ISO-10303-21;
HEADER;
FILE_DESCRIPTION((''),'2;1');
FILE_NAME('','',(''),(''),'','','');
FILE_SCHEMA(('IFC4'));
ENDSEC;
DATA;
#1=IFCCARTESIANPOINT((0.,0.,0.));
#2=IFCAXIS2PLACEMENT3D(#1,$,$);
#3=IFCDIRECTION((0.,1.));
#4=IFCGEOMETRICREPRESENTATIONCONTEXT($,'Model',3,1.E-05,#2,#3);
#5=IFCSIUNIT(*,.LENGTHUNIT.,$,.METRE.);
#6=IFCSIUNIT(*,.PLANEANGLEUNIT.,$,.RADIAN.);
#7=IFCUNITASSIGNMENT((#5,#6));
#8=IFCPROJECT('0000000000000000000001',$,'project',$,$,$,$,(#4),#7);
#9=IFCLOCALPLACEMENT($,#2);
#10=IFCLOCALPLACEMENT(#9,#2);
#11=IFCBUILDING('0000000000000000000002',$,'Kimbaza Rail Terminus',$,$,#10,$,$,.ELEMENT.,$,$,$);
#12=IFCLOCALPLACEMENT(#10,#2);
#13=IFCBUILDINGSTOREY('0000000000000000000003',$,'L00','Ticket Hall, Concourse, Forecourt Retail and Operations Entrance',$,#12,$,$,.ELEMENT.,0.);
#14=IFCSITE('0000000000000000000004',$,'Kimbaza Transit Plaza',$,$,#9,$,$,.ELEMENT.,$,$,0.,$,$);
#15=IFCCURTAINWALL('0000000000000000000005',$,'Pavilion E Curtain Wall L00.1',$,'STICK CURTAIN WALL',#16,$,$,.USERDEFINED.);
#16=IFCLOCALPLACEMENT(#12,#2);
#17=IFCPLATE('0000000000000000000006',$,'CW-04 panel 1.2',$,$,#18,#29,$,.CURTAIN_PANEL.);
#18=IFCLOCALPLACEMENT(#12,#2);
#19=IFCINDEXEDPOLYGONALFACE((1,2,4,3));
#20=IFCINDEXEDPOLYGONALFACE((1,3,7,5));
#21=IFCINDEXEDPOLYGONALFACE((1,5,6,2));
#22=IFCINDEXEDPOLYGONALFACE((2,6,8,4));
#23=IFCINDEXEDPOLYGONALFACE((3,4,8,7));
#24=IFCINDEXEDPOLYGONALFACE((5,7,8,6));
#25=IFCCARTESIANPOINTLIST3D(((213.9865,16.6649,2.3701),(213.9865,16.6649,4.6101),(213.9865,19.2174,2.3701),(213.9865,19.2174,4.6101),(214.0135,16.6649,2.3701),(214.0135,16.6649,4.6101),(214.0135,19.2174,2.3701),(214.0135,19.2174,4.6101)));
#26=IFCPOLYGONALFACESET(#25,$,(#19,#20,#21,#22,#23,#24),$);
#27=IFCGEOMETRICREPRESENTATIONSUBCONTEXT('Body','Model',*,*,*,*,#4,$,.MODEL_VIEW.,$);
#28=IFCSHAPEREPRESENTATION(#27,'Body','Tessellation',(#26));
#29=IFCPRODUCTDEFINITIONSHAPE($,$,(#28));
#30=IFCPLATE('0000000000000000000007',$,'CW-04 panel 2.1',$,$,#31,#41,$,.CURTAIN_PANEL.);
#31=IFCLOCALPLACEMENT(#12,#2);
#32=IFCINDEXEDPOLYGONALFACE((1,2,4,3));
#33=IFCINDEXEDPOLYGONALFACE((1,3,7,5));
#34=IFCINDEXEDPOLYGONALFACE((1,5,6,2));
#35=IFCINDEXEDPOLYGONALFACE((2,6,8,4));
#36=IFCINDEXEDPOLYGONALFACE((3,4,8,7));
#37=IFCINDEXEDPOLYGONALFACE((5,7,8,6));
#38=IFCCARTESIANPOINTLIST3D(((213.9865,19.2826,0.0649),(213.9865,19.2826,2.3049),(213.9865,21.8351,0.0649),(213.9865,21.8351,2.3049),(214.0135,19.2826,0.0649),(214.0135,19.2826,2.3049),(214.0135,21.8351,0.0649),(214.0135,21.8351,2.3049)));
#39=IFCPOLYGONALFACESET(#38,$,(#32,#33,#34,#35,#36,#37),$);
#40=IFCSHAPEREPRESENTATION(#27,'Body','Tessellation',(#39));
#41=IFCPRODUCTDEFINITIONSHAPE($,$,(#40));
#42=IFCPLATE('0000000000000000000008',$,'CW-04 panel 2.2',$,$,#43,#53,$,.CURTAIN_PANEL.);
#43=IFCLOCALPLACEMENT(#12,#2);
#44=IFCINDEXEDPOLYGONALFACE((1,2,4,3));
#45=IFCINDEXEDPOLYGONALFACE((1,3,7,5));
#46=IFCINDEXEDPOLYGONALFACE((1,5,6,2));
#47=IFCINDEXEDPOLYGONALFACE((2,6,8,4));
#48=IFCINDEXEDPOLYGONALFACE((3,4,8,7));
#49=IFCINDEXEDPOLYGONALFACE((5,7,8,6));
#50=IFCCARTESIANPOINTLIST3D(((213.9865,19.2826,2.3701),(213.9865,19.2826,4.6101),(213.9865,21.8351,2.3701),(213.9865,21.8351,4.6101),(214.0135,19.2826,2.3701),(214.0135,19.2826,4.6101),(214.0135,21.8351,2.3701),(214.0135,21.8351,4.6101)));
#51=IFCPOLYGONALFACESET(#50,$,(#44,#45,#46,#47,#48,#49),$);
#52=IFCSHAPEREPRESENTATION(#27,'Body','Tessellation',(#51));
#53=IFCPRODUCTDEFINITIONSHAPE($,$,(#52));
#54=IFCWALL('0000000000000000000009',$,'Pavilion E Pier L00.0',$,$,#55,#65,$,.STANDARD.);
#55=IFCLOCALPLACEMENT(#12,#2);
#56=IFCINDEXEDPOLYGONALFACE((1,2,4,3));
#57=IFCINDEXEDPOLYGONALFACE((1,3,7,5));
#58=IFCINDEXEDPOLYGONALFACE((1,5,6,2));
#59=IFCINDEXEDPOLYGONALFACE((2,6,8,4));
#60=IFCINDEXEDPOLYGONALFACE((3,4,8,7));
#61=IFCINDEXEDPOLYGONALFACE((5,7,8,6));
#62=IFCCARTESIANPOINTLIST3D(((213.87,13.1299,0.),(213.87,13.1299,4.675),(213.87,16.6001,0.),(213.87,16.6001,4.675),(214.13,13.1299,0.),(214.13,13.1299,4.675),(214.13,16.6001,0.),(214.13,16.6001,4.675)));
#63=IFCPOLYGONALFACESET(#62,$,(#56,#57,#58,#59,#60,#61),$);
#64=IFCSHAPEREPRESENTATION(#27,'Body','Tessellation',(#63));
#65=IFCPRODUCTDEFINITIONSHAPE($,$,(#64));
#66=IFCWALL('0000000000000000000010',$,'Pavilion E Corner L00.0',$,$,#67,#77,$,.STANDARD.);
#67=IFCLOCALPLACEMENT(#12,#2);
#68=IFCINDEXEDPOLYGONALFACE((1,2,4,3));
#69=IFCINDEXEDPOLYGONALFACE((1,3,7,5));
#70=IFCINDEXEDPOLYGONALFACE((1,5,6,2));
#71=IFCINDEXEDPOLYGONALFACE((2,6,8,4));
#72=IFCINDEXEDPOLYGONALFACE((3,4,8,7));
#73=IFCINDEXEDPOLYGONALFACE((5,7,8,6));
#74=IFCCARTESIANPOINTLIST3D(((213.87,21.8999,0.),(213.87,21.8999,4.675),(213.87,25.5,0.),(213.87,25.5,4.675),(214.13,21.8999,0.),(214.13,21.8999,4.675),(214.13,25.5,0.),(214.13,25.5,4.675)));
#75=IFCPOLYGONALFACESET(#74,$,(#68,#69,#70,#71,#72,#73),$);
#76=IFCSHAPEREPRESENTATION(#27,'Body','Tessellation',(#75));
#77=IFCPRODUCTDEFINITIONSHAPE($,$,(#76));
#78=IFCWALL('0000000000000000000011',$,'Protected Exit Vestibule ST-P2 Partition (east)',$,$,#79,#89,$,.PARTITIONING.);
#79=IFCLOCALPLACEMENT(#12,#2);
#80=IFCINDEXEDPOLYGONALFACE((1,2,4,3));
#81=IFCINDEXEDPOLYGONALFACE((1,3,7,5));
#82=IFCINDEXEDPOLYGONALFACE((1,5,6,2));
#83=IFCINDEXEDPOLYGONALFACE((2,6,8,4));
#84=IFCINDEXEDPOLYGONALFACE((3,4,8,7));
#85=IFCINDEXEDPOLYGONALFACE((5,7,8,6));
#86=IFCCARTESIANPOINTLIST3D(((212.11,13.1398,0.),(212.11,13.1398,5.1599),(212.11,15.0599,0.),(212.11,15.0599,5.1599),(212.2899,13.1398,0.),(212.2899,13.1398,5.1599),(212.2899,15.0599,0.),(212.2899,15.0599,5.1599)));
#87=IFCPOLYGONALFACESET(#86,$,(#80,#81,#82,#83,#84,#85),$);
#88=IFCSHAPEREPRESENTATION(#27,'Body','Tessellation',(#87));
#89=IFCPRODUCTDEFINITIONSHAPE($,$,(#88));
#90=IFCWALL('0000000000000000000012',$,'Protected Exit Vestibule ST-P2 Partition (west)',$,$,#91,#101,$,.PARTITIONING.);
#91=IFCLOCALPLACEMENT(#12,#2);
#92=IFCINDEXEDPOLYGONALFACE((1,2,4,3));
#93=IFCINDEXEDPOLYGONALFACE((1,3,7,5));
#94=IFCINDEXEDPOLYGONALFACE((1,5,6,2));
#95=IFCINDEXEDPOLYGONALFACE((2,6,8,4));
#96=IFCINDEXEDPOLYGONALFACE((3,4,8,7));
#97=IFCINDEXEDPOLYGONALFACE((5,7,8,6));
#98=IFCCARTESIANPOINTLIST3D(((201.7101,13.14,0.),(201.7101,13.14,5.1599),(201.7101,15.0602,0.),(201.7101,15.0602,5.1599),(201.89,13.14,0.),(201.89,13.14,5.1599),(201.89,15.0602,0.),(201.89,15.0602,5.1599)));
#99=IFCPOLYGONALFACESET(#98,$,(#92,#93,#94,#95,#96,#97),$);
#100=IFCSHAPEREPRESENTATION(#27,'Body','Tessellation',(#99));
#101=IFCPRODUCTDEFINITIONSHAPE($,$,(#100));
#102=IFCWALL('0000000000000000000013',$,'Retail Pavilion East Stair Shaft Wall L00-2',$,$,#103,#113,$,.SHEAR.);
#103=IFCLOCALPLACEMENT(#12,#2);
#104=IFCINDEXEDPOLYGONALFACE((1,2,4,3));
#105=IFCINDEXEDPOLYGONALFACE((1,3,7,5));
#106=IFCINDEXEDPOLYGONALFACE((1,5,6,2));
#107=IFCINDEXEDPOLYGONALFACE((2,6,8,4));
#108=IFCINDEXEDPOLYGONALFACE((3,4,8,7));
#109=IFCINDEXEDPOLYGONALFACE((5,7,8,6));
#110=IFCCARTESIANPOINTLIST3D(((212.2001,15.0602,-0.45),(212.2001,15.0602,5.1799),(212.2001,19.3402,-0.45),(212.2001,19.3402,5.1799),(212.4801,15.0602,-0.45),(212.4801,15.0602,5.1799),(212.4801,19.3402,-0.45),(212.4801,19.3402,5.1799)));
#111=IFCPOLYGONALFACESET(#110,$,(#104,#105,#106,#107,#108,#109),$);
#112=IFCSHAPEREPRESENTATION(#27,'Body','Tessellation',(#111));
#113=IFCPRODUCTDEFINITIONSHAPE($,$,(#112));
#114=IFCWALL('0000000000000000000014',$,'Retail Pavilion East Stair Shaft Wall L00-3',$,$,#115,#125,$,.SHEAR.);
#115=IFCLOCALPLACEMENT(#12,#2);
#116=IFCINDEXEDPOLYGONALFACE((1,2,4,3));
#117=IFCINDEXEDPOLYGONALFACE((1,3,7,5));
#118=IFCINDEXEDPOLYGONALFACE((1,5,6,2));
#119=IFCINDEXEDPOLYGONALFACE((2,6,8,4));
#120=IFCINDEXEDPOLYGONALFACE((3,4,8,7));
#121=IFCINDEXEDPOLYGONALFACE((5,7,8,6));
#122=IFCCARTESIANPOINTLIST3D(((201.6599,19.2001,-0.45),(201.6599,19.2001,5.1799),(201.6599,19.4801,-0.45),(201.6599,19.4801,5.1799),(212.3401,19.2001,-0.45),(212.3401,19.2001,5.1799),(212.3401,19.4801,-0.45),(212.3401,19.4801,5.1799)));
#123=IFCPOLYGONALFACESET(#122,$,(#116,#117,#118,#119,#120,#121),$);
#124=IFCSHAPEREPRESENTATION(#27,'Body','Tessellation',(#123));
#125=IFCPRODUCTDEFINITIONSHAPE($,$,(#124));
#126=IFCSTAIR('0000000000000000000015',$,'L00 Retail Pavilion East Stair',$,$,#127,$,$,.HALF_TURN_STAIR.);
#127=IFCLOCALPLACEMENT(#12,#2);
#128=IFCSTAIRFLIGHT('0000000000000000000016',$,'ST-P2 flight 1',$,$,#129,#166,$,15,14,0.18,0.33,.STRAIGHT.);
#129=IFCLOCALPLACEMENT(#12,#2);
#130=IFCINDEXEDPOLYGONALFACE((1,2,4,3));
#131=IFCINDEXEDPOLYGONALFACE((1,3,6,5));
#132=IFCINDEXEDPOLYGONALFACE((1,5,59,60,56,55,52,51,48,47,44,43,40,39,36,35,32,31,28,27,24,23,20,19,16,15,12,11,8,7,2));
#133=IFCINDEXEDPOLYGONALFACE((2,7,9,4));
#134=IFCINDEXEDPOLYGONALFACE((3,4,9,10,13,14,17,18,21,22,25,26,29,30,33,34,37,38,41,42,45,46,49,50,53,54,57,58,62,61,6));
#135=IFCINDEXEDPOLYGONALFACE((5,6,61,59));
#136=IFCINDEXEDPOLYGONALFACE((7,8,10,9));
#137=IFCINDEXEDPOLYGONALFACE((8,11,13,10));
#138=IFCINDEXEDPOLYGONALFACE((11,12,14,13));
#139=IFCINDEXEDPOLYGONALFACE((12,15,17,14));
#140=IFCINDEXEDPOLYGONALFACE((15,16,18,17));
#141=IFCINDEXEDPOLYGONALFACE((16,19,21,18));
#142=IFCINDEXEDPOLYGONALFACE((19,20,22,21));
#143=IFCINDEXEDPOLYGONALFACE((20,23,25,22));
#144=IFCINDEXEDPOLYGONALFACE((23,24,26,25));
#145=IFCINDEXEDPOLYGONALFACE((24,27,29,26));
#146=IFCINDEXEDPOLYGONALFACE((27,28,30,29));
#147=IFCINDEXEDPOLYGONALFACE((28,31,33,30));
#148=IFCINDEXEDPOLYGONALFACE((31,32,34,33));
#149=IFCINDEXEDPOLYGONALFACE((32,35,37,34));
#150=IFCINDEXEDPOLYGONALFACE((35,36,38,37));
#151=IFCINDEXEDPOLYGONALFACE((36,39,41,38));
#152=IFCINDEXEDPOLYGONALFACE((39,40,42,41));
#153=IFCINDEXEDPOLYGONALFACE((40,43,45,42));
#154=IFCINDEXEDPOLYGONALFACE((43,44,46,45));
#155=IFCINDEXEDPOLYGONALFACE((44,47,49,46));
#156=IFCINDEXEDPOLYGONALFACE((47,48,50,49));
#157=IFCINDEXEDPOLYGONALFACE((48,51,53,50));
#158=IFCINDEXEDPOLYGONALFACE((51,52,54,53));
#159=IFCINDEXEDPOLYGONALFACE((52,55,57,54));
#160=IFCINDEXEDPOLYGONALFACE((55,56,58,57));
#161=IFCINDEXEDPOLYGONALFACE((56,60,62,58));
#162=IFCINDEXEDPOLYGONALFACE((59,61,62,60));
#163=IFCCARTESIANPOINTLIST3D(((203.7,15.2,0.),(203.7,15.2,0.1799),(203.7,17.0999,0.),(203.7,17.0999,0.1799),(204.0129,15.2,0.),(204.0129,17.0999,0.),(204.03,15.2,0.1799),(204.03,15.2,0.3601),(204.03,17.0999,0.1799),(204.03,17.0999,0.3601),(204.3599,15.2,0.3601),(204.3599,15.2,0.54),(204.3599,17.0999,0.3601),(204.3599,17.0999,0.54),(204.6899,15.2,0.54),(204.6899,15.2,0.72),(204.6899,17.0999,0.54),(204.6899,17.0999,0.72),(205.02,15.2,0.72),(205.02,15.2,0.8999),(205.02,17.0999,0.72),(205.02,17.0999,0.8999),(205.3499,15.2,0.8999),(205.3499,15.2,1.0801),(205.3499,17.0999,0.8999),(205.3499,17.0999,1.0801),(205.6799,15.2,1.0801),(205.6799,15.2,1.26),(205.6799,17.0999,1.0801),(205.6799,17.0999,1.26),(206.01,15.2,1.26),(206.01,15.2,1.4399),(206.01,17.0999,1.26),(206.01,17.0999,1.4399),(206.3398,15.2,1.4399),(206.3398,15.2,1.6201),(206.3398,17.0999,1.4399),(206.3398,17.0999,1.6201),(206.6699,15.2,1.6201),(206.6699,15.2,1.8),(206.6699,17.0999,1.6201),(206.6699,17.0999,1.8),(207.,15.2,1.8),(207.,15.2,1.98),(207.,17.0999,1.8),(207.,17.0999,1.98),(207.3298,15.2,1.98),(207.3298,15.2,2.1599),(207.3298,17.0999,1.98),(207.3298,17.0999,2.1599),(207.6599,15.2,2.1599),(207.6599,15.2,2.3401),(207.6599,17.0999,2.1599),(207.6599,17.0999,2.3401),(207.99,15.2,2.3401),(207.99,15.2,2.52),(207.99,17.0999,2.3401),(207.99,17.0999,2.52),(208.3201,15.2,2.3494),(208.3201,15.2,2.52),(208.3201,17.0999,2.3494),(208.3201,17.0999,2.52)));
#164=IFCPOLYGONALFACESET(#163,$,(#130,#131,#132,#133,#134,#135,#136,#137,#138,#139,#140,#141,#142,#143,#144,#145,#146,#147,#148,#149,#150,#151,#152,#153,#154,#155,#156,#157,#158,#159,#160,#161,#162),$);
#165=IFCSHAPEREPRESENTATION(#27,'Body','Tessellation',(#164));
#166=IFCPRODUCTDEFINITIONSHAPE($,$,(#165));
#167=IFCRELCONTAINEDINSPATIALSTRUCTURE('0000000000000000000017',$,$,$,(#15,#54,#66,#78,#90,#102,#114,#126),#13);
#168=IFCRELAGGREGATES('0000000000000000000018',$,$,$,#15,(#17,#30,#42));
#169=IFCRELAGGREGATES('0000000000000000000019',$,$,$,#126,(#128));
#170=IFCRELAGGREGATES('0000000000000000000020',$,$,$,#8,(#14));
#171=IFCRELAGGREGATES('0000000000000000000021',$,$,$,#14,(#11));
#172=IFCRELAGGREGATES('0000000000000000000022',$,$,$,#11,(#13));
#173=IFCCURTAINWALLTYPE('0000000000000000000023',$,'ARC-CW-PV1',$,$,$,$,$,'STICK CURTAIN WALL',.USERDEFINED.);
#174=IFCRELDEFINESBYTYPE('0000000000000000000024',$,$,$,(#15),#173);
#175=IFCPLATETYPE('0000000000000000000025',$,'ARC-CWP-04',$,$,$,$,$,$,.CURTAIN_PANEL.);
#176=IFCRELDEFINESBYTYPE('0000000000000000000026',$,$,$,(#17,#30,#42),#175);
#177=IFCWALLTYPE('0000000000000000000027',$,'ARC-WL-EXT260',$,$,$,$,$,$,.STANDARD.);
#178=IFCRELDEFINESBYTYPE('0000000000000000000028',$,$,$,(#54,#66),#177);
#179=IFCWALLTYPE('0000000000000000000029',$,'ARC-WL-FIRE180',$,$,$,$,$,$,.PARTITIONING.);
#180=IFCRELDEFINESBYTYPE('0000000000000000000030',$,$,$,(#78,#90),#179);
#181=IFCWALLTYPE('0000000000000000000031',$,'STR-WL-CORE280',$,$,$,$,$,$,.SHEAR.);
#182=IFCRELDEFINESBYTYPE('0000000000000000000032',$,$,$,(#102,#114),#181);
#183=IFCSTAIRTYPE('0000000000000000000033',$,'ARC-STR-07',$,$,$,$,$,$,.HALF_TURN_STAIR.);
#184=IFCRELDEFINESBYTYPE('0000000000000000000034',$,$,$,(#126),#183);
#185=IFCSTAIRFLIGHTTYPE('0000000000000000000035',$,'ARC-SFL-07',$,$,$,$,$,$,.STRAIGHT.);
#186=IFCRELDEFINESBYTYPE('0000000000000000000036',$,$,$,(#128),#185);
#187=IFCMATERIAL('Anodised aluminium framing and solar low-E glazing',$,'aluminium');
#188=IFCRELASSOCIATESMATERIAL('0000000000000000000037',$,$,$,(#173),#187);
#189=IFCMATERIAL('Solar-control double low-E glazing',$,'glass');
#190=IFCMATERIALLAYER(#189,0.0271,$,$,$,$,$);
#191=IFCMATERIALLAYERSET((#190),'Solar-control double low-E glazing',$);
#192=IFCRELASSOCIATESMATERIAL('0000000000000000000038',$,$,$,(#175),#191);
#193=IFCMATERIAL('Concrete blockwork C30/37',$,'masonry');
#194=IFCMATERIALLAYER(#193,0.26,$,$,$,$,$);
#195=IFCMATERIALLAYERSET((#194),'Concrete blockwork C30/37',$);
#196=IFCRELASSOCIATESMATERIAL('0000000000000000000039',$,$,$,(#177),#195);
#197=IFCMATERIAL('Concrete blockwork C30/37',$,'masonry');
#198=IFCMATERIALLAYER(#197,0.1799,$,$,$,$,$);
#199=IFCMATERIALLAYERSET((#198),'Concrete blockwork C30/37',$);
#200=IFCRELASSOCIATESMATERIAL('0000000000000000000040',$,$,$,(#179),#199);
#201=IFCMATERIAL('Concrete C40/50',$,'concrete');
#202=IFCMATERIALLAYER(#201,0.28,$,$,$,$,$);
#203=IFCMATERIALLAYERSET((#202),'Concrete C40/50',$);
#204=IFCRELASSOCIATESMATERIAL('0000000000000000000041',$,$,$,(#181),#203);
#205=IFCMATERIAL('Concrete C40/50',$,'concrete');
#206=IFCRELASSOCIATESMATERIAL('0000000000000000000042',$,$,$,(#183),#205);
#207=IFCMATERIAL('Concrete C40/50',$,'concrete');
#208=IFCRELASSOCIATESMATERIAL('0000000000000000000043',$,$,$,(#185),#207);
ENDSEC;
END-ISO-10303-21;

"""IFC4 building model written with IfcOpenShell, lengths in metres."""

from ifc_helpers import new_model, si_unit, direction, frame, frame_2d, origin, origin_2d, place, context, subcontext, project, spatial, polyline, rectangle, outline, extrude, material, layer, layer_set, type_object, element, aggregate, save


model = new_model("IFC4")

# Units and contexts
model_context = context("Model", 3, precision=1e-05, world=origin(), true_north=direction((0.0, 1.0)))
body_context = subcontext(model_context, "Body", "Model", "MODEL_VIEW")
ifc_project = project(units=[si_unit("LENGTHUNIT", "METRE"), si_unit("PLANEANGLEUNIT", "RADIAN")], contexts=[model_context])

# Site, building, storey
site_placement = place(None, origin())
site = spatial("IfcSite", under=ifc_project, at=site_placement, Name="Kimbaza Transit Plaza", CompositionType="ELEMENT", RefElevation=0.0)
building_placement = place(site_placement, origin())
building = spatial("IfcBuilding", under=site, at=building_placement, Name="Kimbaza Rail Terminus", CompositionType="ELEMENT")
storey_placement = place(building_placement, origin())
storey = spatial("IfcBuildingStorey", under=building, at=storey_placement, Name="L00", Description="Ticket Hall, Concourse, Forecourt Retail and Operations Entrance", CompositionType="ELEMENT", Elevation=0.0)

# Curtain wall, plates
ifc_material_1 = material(Name="Anodised aluminium framing and solar low-E glazing", Category="aluminium")
curtain_wall_type = type_object("IfcCurtainWallType", Name="ARC-CW-PV1", ElementType="STICK CURTAIN WALL", PredefinedType="USERDEFINED", material=ifc_material_1)
curtain_wall_placement = place(storey_placement, origin())
curtain_wall = element("IfcCurtainWall", 1, at=curtain_wall_placement, inside=storey, type_object=curtain_wall_type, Name="Pavilion E Curtain Wall L00.1", ObjectType="STICK CURTAIN WALL", PredefinedType="USERDEFINED")
ifc_material_2 = material(Name="Solar-control double low-E glazing", Category="glass")
ifc_layer_1 = layer(ifc_material_2, 0.0271)
ifc_layer_set_1 = layer_set([ifc_layer_1], Name="Solar-control double low-E glazing")
plate_type = type_object("IfcPlateType", Name="ARC-CWP-04", PredefinedType="CURTAIN_PANEL", material=ifc_layer_set_1)
plate_1_placement = place(storey_placement, frame((214.0, 17.9412, 2.3701), z_axis=(0.0, 0.0, 1.0), x_axis=(0.0, 1.0, 0.0)))
plate_1 = element("IfcPlate", 2, at=plate_1_placement, type_object=plate_type, Name="CW-04 panel 1.2", PredefinedType="CURTAIN_PANEL", context=body_context, shape_type="SweptSolid", body=[
    extrude(rectangle(XDim=2.5525, YDim=0.0271, at=origin_2d()), origin(), (0.0, 0.0, 1.0), 2.24),
])
plate_2_placement = place(storey_placement, frame((214.0, 20.5588, 0.0649), z_axis=(0.0, 0.0, 1.0), x_axis=(0.0, 1.0, 0.0)))
plate_2 = element("IfcPlate", 3, at=plate_2_placement, type_object=plate_type, Name="CW-04 panel 2.1", PredefinedType="CURTAIN_PANEL", context=body_context, shape_type="SweptSolid", body=[
    extrude(rectangle(XDim=2.5525, YDim=0.0271, at=origin_2d()), origin(), (0.0, 0.0, 1.0), 2.24),
])
plate_3_placement = place(storey_placement, frame((214.0, 20.5588, 2.3701), z_axis=(0.0, 0.0, 1.0), x_axis=(0.0, 1.0, 0.0)))
plate_3 = element("IfcPlate", 4, at=plate_3_placement, type_object=plate_type, Name="CW-04 panel 2.2", PredefinedType="CURTAIN_PANEL", context=body_context, shape_type="SweptSolid", body=[
    extrude(rectangle(XDim=2.5525, YDim=0.0271, at=origin_2d()), origin(), (0.0, 0.0, 1.0), 2.24),
])
aggregate(curtain_wall, [plate_1, plate_2, plate_3])

# Walls
ifc_material_3 = material(Name="Concrete blockwork C30/37", Category="masonry")
ifc_layer_2 = layer(ifc_material_3, 0.26)
ifc_layer_set_2 = layer_set([ifc_layer_2], Name="Concrete blockwork C30/37")
wall_type_1 = type_object("IfcWallType", Name="ARC-WL-EXT260", PredefinedType="STANDARD", material=ifc_layer_set_2)
wall_1_placement = place(storey_placement, frame((214.0, 13.1299, 0.0), z_axis=(0.0, 0.0, 1.0), x_axis=(0.0, 1.0, 0.0)))
element("IfcWall", 5, at=wall_1_placement, inside=storey, type_object=wall_type_1, Name="Pavilion E Pier L00.0", PredefinedType="STANDARD", context=body_context, shape_type="SweptSolid", body=[
    extrude(rectangle(XDim=3.4702, YDim=0.26, at=frame_2d((1.7351, 0.0))), origin(), (0.0, 0.0, 1.0), 4.675),
])
wall_2_placement = place(storey_placement, frame((214.0, 21.8999, 0.0), z_axis=(0.0, 0.0, 1.0), x_axis=(0.0, 1.0, 0.0)))
element("IfcWall", 6, at=wall_2_placement, inside=storey, type_object=wall_type_1, Name="Pavilion E Corner L00.0", PredefinedType="STANDARD", context=body_context, shape_type="SweptSolid", body=[
    extrude(rectangle(XDim=3.6001, YDim=0.26, at=frame_2d((1.8, 0.0))), origin(), (0.0, 0.0, 1.0), 4.675),
])
ifc_material_4 = material(Name="Concrete blockwork C30/37", Category="masonry")
ifc_layer_3 = layer(ifc_material_4, 0.1799)
ifc_layer_set_3 = layer_set([ifc_layer_3], Name="Concrete blockwork C30/37")
wall_type_2 = type_object("IfcWallType", Name="ARC-WL-FIRE180", PredefinedType="PARTITIONING", material=ifc_layer_set_3)
for number, where, z_axis, x_axis, name in (
    (7, (212.2, 13.1399, 0.0), (0.0, 0.0, 1.0), (0.0, 1.0, 0.0), "Protected Exit Vestibule ST-P2 Partition (east)"),
    (8, (201.8, 15.0601, 0.0), (0.0, 0.0, 1.0), (0.0, -1.0, 0.0), "Protected Exit Vestibule ST-P2 Partition (west)"),
):
    element("IfcWall", number, at=place(storey_placement, frame(where, z_axis=z_axis, x_axis=x_axis)), inside=storey, type_object=wall_type_2, Name=name, PredefinedType="PARTITIONING", context=body_context, shape_type="SweptSolid", body=[
        extrude(rectangle(XDim=1.9202, YDim=0.1799, at=frame_2d((0.96, 0.0))), origin(), (0.0, 0.0, 1.0), 5.1599),
    ])
ifc_material_5 = material(Name="Concrete C40/50", Category="concrete")
ifc_layer_4 = layer(ifc_material_5, 0.28)
ifc_layer_set_4 = layer_set([ifc_layer_4], Name="Concrete C40/50")
wall_type_3 = type_object("IfcWallType", Name="STR-WL-CORE280", PredefinedType="SHEAR", material=ifc_layer_set_4)
wall_3_placement = place(storey_placement, frame((212.3401, 15.0601, -0.45), z_axis=(0.0, 0.0, 1.0), x_axis=(0.0, 1.0, 0.0)))
element("IfcWall", 9, at=wall_3_placement, inside=storey, type_object=wall_type_3, Name="Retail Pavilion East Stair Shaft Wall L00-2", PredefinedType="SHEAR", context=body_context, shape_type="SweptSolid", body=[
    extrude(rectangle(XDim=4.28, YDim=0.28, at=frame_2d((2.1401, 0.0))), origin(), (0.0, 0.0, 1.0), 5.6299),
])
wall_4_placement = place(storey_placement, frame((212.3401, 19.3401, -0.45), z_axis=(0.0, 0.0, 1.0), x_axis=(-1.0, 0.0, 0.0)))
element("IfcWall", 10, at=wall_4_placement, inside=storey, type_object=wall_type_3, Name="Retail Pavilion East Stair Shaft Wall L00-3", PredefinedType="SHEAR", context=body_context, shape_type="SweptSolid", body=[
    extrude(rectangle(XDim=10.6802, YDim=0.28, at=frame_2d((5.3401, 0.0))), origin(), (0.0, 0.0, 1.0), 5.6299),
])

# Stair, stair flight
ifc_material_6 = material(Name="Concrete C40/50", Category="concrete")
stair_type = type_object("IfcStairType", Name="ARC-STR-07", PredefinedType="HALF_TURN_STAIR", material=ifc_material_6)
stair_placement = place(storey_placement, origin())
stair = element("IfcStair", 11, at=stair_placement, inside=storey, type_object=stair_type, Name="L00 Retail Pavilion East Stair", PredefinedType="HALF_TURN_STAIR")
ifc_material_7 = material(Name="Concrete C40/50", Category="concrete")
stair_flight_type = type_object("IfcStairFlightType", Name="ARC-SFL-07", PredefinedType="STRAIGHT", material=ifc_material_7)
stair_flight_1_placement = place(storey_placement, frame((203.7, 16.1499, 0.0), z_axis=(0.0, 0.0, 1.0), x_axis=(1.0, 0.0, 0.0)))
stair_flight_1 = element("IfcStairFlight", 12, at=stair_flight_1_placement, type_object=stair_flight_type, Name="ST-P2 flight 1", NumberOfRisers=15, NumberOfTreads=14, PredefinedType="STRAIGHT", RiserHeight=0.18, TreadLength=0.33, context=body_context, shape_type="SweptSolid", body=[
    extrude(outline(polyline([(0.0, 0.0), (0.0, 0.1799), (0.3301, 0.1799), (0.3301, 0.3601), (0.6599, 0.3601), (0.6599, 0.54), (0.99, 0.54), (0.99, 0.72), (1.3201, 0.72), (1.3201, 0.8999), (1.6499, 0.8999), (1.6499, 1.0801), (1.98, 1.0801), (1.98, 1.26), (2.3101, 1.26), (2.3101, 1.4399), (2.6399, 1.4399), (2.6399, 1.6201), (2.97, 1.6201), (2.97, 1.8), (3.3, 1.8), (3.3, 1.98), (3.6299, 1.98), (3.6299, 2.1599), (3.96, 2.1599), (3.96, 2.3401), (4.29, 2.3401), (4.29, 2.52), (4.6201, 2.52), (4.6201, 2.7), (4.6201, 2.3494), (0.313, 0.0), (0.0, 0.0)])), frame((0.0, 0.95, 0.0), z_axis=(0.0, -1.0, 0.0), x_axis=(1.0, 0.0, 0.0)), (0.0, 0.0, 1.0), 1.8999),
])
aggregate(stair, [stair_flight_1])

save(model, "model.ifc")
